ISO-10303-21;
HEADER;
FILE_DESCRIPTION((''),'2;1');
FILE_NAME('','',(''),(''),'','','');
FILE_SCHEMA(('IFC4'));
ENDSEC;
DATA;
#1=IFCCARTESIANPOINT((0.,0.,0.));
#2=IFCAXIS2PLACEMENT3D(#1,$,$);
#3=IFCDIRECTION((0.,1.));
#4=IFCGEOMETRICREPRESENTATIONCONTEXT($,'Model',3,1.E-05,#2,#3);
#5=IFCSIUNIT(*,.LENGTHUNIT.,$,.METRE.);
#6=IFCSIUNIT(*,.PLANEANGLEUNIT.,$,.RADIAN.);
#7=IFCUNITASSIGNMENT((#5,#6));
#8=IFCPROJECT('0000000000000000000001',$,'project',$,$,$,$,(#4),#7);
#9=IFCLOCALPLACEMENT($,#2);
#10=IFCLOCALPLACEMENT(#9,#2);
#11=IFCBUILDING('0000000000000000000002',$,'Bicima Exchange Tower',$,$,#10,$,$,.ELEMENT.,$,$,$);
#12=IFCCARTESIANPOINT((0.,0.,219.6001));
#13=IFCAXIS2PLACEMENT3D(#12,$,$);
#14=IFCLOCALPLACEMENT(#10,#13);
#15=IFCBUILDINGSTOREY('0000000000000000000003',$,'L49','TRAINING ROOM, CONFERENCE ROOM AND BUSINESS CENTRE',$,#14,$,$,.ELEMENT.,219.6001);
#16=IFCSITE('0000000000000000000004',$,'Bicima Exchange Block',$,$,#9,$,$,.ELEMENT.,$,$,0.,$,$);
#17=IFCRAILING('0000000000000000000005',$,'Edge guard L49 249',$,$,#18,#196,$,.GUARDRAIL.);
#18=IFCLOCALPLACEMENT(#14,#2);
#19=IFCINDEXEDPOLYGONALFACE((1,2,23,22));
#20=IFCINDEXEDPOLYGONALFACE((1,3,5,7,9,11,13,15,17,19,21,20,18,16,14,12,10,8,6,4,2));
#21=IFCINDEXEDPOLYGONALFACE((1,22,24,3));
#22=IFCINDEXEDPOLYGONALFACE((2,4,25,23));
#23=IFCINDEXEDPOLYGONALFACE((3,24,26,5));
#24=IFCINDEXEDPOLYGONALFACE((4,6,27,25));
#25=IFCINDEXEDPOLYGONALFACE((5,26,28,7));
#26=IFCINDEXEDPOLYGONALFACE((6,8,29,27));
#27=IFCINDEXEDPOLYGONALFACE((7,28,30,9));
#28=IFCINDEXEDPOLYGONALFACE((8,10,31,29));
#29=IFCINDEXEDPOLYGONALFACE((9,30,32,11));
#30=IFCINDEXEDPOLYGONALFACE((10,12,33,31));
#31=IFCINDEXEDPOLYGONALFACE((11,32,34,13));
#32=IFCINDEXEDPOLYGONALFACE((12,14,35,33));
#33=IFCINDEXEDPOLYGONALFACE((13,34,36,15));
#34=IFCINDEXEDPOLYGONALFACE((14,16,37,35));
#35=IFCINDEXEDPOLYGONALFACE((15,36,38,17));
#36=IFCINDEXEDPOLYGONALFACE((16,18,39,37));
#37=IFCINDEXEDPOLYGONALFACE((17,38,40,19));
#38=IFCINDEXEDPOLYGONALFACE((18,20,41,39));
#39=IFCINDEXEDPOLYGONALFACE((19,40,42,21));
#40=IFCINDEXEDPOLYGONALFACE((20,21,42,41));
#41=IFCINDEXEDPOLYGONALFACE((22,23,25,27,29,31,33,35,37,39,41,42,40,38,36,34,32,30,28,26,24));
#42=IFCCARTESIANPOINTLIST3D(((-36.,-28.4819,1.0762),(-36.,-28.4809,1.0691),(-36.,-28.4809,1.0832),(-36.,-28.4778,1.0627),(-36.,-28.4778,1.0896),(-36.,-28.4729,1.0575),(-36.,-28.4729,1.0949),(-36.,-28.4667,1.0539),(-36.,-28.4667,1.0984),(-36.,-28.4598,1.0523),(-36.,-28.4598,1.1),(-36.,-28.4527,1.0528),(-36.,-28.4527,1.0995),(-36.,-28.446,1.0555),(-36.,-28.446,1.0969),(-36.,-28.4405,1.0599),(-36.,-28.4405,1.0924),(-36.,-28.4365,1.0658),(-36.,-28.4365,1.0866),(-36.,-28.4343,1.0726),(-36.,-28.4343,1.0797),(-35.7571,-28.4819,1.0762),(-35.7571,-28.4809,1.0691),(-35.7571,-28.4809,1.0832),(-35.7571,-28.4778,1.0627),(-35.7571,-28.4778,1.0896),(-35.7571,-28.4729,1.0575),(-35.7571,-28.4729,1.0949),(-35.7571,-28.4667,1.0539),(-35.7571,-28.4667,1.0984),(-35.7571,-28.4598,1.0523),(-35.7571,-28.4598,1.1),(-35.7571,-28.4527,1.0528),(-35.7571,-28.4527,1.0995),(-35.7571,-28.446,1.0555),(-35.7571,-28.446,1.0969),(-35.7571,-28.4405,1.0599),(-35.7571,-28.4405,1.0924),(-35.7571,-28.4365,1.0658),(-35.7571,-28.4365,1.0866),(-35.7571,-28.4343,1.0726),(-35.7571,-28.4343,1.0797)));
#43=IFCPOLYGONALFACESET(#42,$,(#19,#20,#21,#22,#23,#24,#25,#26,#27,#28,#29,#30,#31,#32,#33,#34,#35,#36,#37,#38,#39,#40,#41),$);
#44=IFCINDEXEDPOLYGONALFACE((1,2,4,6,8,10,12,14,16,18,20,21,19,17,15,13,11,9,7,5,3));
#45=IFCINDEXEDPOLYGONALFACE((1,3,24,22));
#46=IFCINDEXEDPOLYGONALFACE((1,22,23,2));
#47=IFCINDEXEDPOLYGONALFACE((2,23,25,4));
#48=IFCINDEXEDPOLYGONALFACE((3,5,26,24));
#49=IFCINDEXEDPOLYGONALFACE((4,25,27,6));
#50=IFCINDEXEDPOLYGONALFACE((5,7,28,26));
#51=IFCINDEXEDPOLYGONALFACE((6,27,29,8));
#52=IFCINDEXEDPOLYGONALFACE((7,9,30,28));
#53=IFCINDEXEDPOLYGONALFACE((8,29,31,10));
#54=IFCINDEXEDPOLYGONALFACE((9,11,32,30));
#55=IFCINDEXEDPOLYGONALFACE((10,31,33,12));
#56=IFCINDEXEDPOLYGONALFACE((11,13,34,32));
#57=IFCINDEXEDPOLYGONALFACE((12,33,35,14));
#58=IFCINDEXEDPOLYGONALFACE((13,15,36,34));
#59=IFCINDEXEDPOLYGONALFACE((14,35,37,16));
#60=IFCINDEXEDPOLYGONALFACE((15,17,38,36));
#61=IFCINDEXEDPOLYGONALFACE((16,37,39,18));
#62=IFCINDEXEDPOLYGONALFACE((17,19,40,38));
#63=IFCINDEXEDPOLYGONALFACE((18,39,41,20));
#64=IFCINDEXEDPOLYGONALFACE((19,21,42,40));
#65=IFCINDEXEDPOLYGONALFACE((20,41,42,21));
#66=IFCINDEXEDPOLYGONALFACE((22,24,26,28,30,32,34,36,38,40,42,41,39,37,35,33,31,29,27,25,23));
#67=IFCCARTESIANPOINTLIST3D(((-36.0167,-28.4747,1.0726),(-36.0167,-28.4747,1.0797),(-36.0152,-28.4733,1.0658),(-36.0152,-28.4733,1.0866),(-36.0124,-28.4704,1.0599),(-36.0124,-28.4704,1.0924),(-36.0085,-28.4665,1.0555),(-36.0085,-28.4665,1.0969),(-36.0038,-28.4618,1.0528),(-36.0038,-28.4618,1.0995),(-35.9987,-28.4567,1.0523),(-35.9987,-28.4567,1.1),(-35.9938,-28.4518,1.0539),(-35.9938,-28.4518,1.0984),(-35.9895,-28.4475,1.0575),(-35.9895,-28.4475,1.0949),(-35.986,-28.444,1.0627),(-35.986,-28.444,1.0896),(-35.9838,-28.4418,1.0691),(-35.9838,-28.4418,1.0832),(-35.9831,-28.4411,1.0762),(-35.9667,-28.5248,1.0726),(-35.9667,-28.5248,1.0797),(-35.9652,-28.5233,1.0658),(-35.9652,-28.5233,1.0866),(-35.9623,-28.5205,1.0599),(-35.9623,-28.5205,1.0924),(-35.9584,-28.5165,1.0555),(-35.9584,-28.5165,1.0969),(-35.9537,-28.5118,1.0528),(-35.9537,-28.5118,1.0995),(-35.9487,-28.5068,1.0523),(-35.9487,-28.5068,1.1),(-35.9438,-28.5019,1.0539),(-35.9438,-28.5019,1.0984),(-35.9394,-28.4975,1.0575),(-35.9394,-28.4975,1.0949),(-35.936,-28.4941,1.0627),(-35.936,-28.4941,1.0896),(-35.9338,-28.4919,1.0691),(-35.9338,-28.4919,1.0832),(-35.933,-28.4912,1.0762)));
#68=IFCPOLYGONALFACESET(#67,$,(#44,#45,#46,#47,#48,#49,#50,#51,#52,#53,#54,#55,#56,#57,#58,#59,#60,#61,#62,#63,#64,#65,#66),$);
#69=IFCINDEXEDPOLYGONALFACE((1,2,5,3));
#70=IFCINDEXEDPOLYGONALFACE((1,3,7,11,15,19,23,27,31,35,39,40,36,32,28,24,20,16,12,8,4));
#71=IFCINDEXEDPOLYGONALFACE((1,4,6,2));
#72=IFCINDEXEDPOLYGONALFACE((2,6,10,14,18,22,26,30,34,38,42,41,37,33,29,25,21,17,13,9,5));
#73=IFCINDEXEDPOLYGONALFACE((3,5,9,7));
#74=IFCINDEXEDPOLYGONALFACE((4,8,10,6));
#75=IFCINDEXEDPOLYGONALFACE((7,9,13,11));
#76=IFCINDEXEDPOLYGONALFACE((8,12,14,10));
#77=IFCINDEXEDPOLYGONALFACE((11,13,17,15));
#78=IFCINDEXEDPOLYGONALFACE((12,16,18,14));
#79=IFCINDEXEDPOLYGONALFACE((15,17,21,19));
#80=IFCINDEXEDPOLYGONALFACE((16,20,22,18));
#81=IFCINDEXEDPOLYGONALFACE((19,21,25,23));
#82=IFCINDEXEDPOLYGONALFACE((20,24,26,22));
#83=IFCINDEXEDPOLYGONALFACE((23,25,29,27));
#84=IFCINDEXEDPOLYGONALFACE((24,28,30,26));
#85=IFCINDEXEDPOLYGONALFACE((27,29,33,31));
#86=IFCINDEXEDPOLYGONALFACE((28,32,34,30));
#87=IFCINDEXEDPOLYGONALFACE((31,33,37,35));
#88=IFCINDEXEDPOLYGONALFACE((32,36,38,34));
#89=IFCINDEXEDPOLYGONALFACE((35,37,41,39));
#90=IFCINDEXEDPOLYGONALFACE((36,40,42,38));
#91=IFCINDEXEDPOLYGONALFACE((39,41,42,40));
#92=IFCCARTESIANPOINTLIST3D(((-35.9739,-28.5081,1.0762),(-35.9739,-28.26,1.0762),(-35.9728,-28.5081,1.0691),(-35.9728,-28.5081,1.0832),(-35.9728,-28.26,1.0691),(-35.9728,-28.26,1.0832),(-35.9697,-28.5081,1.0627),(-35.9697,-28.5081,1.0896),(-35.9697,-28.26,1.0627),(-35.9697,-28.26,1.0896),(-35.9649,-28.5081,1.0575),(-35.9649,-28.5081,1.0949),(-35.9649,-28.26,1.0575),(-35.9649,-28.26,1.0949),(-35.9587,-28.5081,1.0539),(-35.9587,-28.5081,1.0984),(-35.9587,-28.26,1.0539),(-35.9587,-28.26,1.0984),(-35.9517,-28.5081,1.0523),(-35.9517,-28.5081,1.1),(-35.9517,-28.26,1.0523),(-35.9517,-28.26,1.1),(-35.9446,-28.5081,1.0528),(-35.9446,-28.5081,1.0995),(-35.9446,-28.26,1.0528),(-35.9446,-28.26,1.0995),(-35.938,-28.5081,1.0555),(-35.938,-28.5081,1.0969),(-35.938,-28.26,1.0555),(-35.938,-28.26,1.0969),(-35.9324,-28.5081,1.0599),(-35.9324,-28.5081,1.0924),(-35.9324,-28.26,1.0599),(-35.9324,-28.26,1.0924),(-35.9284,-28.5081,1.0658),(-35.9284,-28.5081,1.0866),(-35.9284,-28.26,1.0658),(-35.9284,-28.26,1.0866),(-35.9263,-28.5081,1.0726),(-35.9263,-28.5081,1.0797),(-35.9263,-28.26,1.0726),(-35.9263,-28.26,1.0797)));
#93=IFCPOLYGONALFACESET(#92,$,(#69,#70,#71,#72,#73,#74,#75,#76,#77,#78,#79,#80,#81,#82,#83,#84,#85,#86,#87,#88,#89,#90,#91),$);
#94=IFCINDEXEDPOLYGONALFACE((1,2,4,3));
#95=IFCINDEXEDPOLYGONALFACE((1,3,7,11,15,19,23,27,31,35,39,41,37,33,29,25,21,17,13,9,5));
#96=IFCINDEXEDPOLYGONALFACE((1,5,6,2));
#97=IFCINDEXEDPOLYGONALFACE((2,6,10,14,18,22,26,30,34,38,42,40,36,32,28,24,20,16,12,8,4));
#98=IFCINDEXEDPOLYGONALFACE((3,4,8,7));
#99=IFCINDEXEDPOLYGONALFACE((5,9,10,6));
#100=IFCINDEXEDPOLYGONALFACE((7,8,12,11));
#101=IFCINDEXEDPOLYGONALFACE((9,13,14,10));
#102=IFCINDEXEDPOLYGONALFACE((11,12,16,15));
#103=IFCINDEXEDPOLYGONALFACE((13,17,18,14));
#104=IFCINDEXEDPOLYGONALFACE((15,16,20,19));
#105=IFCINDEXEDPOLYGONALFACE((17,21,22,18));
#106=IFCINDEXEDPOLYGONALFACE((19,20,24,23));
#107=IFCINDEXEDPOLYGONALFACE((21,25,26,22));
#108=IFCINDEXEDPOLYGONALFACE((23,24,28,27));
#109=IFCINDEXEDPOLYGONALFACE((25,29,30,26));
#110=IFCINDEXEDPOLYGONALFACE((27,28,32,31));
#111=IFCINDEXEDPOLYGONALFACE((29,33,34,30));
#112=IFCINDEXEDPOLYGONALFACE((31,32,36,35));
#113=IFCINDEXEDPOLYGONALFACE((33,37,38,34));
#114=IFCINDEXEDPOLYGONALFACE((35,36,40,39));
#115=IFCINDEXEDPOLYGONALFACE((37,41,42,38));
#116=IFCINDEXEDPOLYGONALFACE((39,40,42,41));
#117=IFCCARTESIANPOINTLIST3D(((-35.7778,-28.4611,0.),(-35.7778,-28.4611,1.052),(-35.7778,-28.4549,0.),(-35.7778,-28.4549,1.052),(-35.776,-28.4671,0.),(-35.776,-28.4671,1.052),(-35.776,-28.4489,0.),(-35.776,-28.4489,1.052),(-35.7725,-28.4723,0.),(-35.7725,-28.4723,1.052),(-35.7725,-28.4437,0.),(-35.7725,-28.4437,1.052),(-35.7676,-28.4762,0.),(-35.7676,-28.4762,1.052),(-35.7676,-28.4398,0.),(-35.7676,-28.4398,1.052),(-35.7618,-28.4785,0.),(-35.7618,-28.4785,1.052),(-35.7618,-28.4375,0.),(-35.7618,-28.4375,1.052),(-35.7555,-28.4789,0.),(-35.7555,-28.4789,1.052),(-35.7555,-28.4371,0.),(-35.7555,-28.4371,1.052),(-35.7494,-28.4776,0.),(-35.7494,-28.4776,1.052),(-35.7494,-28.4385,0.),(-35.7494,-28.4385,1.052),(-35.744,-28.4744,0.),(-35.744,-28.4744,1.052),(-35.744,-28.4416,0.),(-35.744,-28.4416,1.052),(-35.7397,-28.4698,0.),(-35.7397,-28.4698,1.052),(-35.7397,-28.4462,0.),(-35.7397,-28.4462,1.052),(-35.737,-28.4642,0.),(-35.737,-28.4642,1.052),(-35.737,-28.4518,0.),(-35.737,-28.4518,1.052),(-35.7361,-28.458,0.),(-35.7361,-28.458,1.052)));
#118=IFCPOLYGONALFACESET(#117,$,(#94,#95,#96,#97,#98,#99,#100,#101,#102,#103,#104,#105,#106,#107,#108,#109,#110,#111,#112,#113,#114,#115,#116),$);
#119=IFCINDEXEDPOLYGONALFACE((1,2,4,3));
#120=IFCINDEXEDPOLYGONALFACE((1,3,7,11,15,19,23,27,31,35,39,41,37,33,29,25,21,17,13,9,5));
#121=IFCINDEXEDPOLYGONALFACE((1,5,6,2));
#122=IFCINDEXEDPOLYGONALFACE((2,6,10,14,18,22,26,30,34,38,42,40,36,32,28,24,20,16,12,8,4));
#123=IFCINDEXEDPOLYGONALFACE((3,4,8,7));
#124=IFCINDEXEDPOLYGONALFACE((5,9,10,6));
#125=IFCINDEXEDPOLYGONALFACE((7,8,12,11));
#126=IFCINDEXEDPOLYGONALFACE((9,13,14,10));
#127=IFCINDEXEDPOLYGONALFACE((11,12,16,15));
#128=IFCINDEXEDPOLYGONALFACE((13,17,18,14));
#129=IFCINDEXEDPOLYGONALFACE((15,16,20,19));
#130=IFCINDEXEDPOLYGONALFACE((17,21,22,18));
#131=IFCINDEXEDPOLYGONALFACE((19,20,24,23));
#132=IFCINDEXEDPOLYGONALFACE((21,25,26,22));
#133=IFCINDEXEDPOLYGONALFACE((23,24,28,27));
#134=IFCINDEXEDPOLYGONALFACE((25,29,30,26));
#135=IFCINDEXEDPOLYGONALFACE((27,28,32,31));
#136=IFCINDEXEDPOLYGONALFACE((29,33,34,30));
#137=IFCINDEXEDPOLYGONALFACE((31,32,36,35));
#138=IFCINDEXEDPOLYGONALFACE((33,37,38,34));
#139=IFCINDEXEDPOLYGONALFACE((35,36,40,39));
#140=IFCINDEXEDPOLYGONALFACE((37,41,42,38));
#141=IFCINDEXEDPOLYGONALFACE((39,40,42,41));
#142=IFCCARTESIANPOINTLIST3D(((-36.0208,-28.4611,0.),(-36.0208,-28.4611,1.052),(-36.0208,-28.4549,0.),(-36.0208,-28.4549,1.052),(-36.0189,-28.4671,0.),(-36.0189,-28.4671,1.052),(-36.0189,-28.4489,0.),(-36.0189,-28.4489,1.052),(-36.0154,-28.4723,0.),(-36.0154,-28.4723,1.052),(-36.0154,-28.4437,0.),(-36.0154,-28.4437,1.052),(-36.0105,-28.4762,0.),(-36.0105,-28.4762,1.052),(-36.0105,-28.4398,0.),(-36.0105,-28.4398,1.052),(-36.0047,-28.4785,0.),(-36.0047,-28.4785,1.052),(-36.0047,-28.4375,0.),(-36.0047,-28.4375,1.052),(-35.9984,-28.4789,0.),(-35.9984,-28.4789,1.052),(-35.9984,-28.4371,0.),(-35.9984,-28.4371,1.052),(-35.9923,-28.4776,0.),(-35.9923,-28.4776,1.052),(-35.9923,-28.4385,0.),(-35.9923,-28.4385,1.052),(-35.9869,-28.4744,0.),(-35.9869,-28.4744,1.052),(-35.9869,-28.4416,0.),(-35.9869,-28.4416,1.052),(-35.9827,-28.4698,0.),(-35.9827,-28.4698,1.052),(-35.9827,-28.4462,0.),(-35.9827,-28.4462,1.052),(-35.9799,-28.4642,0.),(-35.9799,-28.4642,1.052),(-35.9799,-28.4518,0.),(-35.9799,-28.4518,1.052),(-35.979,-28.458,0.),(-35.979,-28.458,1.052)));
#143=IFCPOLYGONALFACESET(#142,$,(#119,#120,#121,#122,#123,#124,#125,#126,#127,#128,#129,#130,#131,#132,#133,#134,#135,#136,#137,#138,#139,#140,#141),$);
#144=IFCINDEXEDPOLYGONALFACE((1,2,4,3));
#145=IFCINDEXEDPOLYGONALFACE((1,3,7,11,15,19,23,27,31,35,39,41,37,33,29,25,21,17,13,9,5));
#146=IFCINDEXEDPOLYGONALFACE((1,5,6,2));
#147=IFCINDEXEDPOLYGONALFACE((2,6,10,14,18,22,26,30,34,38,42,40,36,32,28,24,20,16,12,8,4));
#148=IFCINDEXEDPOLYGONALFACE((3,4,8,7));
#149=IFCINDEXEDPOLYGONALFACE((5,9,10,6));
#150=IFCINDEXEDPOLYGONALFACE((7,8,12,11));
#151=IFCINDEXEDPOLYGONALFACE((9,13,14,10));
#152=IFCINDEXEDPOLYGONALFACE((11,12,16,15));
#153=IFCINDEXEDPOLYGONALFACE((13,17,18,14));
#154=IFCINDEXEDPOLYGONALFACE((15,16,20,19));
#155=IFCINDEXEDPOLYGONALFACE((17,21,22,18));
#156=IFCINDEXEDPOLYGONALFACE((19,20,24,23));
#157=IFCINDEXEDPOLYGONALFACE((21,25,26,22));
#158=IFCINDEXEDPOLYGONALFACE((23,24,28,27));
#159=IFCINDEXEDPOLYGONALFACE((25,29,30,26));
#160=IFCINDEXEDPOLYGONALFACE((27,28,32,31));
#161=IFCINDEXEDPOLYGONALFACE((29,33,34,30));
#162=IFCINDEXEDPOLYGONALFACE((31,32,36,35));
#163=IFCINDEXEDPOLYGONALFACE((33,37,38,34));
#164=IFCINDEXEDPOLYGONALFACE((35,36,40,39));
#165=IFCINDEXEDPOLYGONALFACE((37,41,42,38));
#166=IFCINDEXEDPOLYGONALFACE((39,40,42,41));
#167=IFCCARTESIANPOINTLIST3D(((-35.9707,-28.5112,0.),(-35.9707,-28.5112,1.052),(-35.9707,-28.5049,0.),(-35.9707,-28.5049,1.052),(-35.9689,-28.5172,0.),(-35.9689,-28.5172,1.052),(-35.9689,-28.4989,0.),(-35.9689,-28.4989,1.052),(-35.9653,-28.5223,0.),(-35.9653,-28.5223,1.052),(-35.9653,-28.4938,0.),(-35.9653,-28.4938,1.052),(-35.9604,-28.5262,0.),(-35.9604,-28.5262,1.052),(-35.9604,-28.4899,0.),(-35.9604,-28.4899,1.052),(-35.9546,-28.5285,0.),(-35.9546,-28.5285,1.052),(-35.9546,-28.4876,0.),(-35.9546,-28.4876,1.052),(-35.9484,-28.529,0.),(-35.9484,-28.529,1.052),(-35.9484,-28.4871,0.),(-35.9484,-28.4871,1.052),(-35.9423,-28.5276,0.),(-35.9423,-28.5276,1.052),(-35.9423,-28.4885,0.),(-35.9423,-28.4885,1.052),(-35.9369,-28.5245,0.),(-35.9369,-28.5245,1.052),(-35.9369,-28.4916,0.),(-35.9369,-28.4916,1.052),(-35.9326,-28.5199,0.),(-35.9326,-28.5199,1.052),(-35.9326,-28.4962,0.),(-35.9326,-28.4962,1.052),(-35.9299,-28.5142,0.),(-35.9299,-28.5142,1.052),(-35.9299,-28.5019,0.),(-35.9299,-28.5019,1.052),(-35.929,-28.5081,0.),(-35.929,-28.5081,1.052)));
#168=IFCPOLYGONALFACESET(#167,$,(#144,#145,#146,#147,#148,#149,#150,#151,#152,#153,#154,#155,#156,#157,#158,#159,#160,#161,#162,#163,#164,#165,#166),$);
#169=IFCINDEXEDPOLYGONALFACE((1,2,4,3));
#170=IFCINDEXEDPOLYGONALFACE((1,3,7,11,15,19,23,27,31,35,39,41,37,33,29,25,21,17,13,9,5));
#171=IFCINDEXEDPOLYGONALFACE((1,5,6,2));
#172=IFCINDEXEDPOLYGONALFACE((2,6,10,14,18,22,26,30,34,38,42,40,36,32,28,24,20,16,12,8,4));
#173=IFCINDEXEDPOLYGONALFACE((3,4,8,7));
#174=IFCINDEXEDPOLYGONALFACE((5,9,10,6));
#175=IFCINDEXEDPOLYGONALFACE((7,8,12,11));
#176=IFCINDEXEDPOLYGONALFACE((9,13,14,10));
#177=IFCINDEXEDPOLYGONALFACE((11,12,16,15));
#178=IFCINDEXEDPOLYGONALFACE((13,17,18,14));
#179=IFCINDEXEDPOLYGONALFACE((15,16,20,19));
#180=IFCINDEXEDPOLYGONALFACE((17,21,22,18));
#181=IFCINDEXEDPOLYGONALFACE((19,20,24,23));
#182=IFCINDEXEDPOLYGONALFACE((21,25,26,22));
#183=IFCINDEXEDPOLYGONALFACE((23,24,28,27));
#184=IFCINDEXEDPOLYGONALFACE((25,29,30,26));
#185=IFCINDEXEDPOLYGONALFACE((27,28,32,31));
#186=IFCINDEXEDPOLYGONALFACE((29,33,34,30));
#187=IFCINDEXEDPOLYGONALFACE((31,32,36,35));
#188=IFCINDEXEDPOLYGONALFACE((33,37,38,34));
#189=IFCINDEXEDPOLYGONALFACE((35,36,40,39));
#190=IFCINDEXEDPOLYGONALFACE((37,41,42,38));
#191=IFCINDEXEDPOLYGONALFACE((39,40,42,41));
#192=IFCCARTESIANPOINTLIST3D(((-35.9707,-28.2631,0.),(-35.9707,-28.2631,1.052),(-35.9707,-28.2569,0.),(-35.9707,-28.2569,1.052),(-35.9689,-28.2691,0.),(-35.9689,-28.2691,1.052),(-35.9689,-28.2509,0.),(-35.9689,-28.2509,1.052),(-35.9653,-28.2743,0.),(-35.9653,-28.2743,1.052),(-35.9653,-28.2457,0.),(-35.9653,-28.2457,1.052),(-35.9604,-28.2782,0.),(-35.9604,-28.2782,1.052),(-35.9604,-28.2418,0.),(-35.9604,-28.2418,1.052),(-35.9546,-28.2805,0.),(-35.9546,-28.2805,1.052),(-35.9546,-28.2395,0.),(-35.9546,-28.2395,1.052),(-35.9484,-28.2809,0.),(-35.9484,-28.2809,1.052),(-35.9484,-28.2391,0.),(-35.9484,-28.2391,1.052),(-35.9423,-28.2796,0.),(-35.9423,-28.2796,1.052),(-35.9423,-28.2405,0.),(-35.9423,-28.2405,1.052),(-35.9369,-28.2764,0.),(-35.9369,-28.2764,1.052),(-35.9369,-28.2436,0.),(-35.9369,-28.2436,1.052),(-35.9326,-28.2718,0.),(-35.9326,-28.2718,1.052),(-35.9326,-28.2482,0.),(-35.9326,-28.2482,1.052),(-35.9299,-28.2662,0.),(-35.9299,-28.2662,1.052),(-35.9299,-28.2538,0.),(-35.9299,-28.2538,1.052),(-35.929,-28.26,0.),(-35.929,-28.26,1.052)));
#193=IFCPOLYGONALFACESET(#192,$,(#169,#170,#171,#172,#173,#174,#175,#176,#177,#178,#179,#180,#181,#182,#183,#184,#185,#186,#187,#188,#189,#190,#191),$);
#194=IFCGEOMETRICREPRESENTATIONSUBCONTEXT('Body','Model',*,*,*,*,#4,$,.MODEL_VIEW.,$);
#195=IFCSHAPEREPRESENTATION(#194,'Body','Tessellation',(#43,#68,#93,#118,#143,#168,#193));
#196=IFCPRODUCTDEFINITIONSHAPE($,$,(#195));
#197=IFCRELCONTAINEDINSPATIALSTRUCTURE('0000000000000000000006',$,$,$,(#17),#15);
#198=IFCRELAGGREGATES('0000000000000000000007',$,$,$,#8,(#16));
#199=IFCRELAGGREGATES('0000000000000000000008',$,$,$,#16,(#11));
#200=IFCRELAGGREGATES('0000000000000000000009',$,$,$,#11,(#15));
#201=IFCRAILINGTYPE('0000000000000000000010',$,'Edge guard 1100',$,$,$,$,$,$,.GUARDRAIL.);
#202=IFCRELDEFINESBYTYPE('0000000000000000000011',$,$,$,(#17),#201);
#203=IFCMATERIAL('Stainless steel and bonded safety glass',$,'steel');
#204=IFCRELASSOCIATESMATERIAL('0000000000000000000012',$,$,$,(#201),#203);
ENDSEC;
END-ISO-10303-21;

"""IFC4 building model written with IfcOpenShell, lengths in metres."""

from ifc_helpers import new_model, si_unit, direction, frame, origin, origin_2d, place, context, subcontext, project, spatial, circle, extrude, material, type_object, element, save


model = new_model("IFC4")

# Units and contexts
model_context = context("Model", 3, precision=1e-05, world=origin(), true_north=direction((0.0, 1.0)))
body_context = subcontext(model_context, "Body", "Model", "MODEL_VIEW")
ifc_project = project(units=[si_unit("LENGTHUNIT", "METRE"), si_unit("PLANEANGLEUNIT", "RADIAN")], contexts=[model_context])

# Site, building, storey
site_placement = place(None, origin())
site = spatial("IfcSite", under=ifc_project, at=site_placement, Name="Bicima Exchange Block", CompositionType="ELEMENT", RefElevation=0.0)
building_placement = place(site_placement, origin())
building = spatial("IfcBuilding", under=site, at=building_placement, Name="Bicima Exchange Tower", CompositionType="ELEMENT")
storey_placement = place(building_placement, frame((0.0, 0.0, 219.6001)))
storey = spatial("IfcBuildingStorey", under=building, at=storey_placement, Name="L49", Description="TRAINING ROOM, CONFERENCE ROOM AND BUSINESS CENTRE", CompositionType="ELEMENT", Elevation=219.6001)

# Railing
ifc_material_1 = material(Name="Stainless steel and bonded safety glass", Category="steel")
railing_type = type_object("IfcRailingType", Name="Edge guard 1100", PredefinedType="GUARDRAIL", material=ifc_material_1)
railing_1_placement = place(storey_placement, frame((-35.7571, -28.458, 0.0)))
element("IfcRailing", 1, at=railing_1_placement, inside=storey, type_object=railing_type, Name="Edge guard L49 249", PredefinedType="GUARDRAIL", context=body_context, shape_type="SweptSolid", body=[
    extrude(circle(Radius=0.0239, at=origin_2d()), frame((0.0, 0.0, 1.0762), z_axis=(-1.0, 0.0, 0.0), x_axis=(0.0, -1.0, 0.0)), (0.0, 0.0, 1.0), 0.2429),
    extrude(circle(Radius=0.0239, at=origin_2d()), frame((-0.2429, 0.0, 1.0762), z_axis=(0.707107, -0.707107, 0.0), x_axis=(0.707107, 0.707107, 0.0)), (0.0, 0.0, 1.0), 0.0708),
    extrude(circle(Radius=0.0239, at=origin_2d()), frame((-0.1929, -0.05, 1.0762), z_axis=(0.0, 1.0, 0.0), x_axis=(-1.0, 0.0, 0.0)), (0.0, 0.0, 1.0), 0.248),
    extrude(circle(Radius=0.021, at=origin_2d()), origin(), (0.0, 0.0, 1.0), 1.052),
    extrude(circle(Radius=0.021, at=origin_2d()), frame((-0.2429, 0.0, 0.0)), (0.0, 0.0, 1.0), 1.052),
    extrude(circle(Radius=0.021, at=origin_2d()), frame((-0.1929, -0.05, 0.0)), (0.0, 0.0, 1.0), 1.052),
    extrude(circle(Radius=0.021, at=origin_2d()), frame((-0.1929, 0.198, 0.0)), (0.0, 0.0, 1.0), 1.052),
])

save(model, "model.ifc")
